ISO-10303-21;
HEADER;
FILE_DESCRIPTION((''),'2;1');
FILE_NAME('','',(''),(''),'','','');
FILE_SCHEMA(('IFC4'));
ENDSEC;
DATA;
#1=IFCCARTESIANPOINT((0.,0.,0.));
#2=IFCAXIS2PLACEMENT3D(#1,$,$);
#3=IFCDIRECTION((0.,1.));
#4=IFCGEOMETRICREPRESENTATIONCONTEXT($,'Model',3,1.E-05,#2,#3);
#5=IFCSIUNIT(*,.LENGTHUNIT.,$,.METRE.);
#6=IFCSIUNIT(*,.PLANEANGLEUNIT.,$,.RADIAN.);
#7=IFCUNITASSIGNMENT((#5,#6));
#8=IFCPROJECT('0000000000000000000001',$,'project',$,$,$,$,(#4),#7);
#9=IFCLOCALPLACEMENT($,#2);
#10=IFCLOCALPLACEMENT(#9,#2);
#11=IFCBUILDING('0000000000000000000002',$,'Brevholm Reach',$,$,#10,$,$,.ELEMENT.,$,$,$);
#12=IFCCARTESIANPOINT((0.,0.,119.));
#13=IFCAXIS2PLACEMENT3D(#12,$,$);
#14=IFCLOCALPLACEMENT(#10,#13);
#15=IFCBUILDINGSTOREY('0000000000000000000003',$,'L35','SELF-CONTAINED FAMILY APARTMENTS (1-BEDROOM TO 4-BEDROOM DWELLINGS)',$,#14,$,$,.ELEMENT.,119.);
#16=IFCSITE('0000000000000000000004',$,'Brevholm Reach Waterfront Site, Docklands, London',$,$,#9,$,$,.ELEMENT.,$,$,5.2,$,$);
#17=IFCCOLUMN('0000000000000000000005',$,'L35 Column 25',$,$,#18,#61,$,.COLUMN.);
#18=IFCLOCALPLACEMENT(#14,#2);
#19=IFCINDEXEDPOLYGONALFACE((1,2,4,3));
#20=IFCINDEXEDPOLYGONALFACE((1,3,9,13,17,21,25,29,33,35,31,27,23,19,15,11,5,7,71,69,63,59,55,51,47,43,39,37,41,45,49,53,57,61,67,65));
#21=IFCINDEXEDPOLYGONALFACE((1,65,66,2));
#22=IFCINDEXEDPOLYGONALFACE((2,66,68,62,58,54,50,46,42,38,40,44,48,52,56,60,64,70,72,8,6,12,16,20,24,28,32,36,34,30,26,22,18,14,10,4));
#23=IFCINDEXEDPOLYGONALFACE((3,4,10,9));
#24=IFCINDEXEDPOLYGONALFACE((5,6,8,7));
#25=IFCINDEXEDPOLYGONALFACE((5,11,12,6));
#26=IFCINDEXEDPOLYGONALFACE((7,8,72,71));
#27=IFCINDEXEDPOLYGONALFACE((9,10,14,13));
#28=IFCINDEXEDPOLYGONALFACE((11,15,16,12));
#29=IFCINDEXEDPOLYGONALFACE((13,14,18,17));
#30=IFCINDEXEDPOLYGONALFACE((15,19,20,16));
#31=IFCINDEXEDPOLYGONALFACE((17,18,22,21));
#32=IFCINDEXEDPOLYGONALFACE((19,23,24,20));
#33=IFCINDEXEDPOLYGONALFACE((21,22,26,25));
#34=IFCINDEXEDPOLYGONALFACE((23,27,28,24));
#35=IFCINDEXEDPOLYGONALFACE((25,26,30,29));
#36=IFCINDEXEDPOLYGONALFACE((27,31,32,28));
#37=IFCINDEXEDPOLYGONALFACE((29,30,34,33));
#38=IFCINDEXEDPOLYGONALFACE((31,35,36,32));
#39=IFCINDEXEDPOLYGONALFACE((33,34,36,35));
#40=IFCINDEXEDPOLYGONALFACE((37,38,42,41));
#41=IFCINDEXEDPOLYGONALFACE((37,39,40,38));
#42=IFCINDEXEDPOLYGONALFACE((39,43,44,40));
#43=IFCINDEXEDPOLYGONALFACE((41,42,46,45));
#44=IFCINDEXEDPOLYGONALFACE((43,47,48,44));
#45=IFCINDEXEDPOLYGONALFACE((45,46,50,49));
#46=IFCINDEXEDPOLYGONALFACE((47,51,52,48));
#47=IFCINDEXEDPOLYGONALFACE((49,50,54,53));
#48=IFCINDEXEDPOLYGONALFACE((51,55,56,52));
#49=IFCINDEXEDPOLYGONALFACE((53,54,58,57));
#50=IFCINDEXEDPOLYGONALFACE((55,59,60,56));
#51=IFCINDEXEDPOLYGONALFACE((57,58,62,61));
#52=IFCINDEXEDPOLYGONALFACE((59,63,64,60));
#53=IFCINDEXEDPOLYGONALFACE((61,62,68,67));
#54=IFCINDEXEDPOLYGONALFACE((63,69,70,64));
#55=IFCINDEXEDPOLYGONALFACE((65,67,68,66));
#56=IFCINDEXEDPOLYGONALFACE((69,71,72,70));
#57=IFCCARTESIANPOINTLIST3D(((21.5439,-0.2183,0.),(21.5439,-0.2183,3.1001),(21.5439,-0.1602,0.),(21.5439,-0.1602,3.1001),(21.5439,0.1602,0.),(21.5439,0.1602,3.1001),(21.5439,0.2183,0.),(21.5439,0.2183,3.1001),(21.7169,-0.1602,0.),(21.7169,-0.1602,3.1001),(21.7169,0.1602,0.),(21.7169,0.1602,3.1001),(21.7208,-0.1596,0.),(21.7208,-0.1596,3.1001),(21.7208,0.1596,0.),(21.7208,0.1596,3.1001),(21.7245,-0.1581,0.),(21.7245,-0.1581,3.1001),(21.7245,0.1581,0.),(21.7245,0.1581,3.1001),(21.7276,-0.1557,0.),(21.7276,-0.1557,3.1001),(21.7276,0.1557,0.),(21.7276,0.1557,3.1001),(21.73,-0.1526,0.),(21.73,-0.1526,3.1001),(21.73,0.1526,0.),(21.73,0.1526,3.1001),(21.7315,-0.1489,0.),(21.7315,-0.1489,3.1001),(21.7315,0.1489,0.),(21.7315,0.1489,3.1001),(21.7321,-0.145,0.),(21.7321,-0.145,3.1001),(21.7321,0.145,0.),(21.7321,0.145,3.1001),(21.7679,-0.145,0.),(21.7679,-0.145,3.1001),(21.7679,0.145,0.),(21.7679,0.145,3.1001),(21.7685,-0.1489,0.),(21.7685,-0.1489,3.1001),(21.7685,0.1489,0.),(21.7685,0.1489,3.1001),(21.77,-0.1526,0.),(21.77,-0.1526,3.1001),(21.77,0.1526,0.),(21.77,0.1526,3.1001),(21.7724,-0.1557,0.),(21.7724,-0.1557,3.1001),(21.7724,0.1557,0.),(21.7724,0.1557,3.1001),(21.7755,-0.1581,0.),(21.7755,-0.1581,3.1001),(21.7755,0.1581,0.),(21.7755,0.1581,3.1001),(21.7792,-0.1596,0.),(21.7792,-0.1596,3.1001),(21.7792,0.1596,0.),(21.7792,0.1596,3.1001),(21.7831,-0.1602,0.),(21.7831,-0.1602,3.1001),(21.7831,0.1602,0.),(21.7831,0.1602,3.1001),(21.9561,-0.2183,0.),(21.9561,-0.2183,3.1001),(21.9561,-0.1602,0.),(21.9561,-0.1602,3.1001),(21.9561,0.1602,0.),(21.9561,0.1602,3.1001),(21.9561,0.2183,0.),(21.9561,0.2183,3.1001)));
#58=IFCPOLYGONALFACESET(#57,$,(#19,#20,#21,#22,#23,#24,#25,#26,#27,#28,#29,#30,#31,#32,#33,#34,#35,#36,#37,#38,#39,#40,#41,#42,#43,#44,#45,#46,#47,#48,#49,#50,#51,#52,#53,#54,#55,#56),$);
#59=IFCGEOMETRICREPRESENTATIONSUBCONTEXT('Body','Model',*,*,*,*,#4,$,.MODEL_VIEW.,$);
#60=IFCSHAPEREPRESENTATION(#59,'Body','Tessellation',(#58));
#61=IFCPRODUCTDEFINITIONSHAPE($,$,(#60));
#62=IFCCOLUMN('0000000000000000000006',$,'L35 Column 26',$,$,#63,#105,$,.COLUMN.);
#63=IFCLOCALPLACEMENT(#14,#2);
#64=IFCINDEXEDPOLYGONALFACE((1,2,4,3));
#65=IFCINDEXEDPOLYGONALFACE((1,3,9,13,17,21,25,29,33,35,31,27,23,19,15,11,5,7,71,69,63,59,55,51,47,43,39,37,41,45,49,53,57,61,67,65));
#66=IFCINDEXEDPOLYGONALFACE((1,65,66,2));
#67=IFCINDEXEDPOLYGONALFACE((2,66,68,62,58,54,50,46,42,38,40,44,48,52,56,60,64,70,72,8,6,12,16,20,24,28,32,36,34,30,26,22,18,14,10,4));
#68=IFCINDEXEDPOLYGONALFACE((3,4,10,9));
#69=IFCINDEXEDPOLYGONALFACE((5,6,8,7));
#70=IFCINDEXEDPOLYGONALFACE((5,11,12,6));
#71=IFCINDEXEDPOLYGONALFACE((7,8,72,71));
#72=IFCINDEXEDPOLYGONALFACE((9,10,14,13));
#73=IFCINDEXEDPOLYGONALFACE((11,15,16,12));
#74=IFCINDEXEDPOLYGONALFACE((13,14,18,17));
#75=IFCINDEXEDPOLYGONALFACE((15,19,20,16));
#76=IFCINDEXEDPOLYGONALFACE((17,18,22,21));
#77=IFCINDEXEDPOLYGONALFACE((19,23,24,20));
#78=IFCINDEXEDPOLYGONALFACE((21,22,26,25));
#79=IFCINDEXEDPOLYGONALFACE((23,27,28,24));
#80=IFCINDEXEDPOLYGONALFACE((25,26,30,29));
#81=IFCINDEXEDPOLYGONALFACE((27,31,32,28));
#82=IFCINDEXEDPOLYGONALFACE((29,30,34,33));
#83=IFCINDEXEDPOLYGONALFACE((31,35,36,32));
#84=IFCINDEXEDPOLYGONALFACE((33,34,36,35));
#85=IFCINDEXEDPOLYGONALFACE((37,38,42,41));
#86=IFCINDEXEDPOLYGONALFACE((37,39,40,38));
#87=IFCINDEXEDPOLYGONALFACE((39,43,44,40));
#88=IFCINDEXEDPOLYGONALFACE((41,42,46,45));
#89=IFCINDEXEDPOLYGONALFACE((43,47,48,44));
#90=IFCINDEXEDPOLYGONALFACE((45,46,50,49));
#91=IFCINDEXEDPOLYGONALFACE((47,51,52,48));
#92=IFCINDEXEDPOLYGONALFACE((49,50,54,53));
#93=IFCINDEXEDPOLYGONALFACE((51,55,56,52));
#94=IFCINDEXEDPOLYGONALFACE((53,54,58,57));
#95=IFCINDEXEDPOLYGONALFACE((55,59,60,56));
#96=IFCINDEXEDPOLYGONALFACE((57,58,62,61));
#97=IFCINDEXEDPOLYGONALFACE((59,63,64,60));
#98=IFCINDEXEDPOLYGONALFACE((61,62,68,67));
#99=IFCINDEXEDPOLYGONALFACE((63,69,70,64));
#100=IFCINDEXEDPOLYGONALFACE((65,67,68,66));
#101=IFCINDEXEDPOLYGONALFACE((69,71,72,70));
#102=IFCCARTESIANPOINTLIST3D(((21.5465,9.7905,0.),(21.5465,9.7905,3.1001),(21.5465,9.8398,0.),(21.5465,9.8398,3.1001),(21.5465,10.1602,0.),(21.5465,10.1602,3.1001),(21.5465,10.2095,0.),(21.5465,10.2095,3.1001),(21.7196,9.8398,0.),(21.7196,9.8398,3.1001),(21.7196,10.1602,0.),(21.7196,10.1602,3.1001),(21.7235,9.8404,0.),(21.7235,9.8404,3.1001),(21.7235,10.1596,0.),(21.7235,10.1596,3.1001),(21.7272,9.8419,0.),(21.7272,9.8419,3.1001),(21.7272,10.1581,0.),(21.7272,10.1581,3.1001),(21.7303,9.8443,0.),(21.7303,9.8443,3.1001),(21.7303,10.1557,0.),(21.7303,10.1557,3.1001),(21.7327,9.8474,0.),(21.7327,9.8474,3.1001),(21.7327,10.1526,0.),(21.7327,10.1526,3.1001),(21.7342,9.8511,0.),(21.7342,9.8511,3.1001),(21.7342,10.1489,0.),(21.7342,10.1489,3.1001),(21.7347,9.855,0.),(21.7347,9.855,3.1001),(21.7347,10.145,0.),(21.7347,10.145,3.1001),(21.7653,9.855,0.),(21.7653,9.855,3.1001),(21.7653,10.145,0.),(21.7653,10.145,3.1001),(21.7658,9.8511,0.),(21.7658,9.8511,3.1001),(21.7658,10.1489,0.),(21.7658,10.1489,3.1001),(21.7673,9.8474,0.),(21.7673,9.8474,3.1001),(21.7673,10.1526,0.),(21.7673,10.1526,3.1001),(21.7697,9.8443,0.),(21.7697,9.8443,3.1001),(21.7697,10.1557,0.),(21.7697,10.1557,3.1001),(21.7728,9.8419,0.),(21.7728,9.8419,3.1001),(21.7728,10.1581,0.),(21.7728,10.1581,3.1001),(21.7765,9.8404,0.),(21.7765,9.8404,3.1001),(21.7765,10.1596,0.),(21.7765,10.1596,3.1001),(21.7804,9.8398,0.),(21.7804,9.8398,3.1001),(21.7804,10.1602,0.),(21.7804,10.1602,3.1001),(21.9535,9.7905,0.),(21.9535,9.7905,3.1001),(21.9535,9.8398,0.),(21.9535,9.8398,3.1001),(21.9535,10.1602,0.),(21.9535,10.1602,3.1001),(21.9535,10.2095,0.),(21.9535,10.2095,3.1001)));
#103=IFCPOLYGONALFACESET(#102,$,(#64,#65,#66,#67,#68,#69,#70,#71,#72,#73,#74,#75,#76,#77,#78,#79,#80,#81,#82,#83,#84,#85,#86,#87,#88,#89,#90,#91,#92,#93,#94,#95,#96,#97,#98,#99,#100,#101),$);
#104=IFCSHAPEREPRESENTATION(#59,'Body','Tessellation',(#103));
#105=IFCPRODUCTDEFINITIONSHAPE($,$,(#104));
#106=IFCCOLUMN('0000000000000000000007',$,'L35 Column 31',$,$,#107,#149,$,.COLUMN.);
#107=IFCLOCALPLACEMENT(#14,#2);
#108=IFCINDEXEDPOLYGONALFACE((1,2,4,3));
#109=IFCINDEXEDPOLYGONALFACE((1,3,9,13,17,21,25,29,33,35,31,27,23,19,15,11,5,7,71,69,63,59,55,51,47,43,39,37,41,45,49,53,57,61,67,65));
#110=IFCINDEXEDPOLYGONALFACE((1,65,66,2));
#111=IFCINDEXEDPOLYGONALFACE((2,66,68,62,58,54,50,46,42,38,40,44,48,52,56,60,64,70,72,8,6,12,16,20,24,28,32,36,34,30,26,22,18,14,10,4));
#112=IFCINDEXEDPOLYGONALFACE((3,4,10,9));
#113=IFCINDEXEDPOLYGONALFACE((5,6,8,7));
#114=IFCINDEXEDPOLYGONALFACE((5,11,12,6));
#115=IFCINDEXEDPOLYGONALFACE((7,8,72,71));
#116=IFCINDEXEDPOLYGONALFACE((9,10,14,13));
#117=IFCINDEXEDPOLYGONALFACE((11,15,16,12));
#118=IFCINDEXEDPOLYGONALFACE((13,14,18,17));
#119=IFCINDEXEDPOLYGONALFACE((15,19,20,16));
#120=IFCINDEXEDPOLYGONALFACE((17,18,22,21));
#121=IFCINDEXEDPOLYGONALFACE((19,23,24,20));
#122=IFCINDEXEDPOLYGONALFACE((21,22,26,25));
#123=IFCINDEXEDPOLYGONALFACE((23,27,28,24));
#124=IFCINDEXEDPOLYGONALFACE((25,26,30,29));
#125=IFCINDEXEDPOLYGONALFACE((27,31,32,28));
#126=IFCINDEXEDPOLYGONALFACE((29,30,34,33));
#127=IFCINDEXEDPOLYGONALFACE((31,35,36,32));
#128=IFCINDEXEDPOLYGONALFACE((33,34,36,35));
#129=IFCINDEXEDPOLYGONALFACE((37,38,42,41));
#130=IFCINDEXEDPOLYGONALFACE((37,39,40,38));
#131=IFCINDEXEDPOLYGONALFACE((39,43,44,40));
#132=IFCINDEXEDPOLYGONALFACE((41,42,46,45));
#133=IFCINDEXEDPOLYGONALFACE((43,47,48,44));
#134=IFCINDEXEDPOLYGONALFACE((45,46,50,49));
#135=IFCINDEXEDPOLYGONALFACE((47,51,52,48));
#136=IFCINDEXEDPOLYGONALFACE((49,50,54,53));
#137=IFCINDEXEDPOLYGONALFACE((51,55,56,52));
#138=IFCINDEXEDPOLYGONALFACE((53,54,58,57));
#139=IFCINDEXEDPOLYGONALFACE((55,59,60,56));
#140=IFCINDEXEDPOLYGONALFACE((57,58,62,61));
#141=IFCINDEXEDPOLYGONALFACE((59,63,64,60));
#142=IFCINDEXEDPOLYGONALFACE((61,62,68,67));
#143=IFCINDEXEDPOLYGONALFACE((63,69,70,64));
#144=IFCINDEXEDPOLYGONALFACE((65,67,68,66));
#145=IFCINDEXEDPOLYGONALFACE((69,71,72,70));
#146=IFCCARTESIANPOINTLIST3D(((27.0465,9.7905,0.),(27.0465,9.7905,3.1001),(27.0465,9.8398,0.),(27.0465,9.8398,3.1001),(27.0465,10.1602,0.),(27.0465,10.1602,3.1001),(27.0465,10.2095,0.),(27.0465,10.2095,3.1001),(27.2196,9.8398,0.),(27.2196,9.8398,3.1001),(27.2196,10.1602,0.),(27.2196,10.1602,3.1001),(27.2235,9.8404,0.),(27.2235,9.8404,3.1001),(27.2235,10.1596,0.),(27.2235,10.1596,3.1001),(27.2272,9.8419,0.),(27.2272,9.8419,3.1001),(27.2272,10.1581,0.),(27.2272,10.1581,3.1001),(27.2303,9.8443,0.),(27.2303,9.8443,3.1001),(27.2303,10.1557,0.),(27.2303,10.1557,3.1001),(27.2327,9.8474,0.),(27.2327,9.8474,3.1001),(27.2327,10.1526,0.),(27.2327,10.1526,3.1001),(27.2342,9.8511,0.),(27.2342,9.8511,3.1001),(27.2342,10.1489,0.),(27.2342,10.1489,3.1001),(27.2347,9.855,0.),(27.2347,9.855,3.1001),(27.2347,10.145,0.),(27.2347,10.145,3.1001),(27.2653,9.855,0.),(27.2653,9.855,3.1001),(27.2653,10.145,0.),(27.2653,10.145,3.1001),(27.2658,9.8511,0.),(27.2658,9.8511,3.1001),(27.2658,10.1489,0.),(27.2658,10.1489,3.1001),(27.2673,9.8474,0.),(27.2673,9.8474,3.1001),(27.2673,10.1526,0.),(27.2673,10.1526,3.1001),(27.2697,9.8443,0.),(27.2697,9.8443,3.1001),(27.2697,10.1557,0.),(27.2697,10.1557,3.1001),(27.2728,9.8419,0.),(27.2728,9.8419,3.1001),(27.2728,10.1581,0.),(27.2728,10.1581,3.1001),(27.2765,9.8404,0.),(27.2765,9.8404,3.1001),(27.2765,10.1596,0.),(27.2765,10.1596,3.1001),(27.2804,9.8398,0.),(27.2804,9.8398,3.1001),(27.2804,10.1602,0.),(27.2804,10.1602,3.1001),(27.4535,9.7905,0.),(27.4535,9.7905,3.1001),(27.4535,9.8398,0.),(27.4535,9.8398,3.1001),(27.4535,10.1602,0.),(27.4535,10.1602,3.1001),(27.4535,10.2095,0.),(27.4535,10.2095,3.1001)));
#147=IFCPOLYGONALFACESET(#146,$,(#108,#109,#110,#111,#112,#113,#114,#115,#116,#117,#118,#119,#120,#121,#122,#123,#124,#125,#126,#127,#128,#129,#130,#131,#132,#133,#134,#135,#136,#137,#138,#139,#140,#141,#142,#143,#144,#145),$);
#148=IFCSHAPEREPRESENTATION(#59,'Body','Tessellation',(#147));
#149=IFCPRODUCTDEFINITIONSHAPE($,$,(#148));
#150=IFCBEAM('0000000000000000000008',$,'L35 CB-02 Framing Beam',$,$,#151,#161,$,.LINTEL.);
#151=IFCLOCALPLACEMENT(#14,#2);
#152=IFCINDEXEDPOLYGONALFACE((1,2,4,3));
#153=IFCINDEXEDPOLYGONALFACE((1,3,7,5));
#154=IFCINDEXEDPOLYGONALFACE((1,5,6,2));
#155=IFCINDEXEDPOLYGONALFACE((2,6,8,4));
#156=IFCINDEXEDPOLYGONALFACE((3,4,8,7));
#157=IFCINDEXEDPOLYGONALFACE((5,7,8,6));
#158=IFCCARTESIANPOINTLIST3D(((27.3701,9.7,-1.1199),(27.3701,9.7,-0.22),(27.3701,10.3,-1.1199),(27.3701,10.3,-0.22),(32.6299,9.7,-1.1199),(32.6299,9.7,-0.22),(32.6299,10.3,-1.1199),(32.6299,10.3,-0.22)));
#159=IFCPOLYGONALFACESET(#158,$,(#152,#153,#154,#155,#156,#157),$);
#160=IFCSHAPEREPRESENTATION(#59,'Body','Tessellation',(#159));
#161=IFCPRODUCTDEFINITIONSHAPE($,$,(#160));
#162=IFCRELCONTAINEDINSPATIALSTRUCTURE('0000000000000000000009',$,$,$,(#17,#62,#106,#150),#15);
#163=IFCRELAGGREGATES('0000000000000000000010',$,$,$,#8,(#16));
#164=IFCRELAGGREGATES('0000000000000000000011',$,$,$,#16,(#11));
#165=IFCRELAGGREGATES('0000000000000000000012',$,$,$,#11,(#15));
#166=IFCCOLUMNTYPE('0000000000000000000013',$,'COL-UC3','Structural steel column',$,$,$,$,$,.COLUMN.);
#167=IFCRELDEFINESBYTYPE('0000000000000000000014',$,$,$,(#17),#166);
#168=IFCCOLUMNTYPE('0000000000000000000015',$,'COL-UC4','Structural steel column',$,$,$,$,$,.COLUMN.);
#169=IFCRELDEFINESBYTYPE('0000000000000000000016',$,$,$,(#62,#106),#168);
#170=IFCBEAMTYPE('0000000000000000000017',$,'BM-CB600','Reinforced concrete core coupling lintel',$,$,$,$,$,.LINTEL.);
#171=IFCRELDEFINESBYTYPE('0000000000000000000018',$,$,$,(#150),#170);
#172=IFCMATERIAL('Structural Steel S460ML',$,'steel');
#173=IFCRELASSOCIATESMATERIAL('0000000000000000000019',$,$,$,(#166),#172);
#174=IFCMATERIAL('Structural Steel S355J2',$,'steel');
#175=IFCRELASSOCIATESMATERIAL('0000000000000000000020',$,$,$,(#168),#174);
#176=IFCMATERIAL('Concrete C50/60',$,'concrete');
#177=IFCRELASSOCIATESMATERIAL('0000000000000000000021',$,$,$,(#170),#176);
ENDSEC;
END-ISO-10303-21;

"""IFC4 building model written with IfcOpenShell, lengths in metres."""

from ifc_helpers import new_model, si_unit, direction, frame, origin, origin_2d, place, context, subcontext, project, spatial, rectangle, i_section, extrude, material, material_profile, profile_set, type_object, element, save


model = new_model("IFC4")

# Units and contexts
model_context = context("Model", 3, precision=1e-05, world=origin(), true_north=direction((0.0, 1.0)))
body_context = subcontext(model_context, "Body", "Model", "MODEL_VIEW")
ifc_project = project(units=[si_unit("LENGTHUNIT", "METRE"), si_unit("PLANEANGLEUNIT", "RADIAN")], contexts=[model_context])

# Site, building, storey
site_placement = place(None, origin())
site = spatial("IfcSite", under=ifc_project, at=site_placement, Name="Brevholm Reach Waterfront Site, Docklands, London", CompositionType="ELEMENT", RefElevation=5.2)
building_placement = place(site_placement, origin())
building = spatial("IfcBuilding", under=site, at=building_placement, Name="Brevholm Reach", CompositionType="ELEMENT")
storey_placement = place(building_placement, frame((0.0, 0.0, 119.0)))
storey = spatial("IfcBuildingStorey", under=building, at=storey_placement, Name="L35", Description="SELF-CONTAINED FAMILY APARTMENTS (1-BEDROOM TO 4-BEDROOM DWELLINGS)", CompositionType="ELEMENT", Elevation=119.0)

# Columns
ifc_material_1 = material(Name="Structural Steel S460ML", Category="steel")
ifc_material_profile_1 = material_profile(ifc_material_1, i_section(OverallWidth=0.4121, OverallDepth=0.4365, WebThickness=0.0359, FlangeThickness=0.0581, FilletRadius=0.0151, at=origin_2d()), Name="UKC 356x406x467")
ifc_profile_set_1 = profile_set([ifc_material_profile_1], Name="Structural Steel S460ML")
column_type_1 = type_object("IfcColumnType", Name="COL-UC3", Description="Structural steel column", PredefinedType="COLUMN", material=ifc_profile_set_1)
column_placement = place(storey_placement, frame((21.75, 0.0, 0.0), z_axis=(0.0, 0.0, 1.0), x_axis=(1.0, 0.0, 0.0)))
element("IfcColumn", 1, at=column_placement, inside=storey, type_object=column_type_1, Name="L35 Column 25", PredefinedType="COLUMN", context=body_context, shape_type="SweptSolid", body=[
    extrude(i_section(OverallWidth=0.4121, OverallDepth=0.4365, WebThickness=0.0359, FlangeThickness=0.0581, FilletRadius=0.0151, at=origin_2d()), origin(), (0.0, 0.0, 1.0), 3.1001),
])
ifc_material_2 = material(Name="Structural Steel S355J2", Category="steel")
ifc_material_profile_2 = material_profile(ifc_material_2, i_section(OverallWidth=0.407, OverallDepth=0.4189, WebThickness=0.0305, FlangeThickness=0.0493, FilletRadius=0.0151, at=origin_2d()), Name="UKC 356x406x393")
ifc_profile_set_2 = profile_set([ifc_material_profile_2], Name="Structural Steel S355J2")
column_type_2 = type_object("IfcColumnType", Name="COL-UC4", Description="Structural steel column", PredefinedType="COLUMN", material=ifc_profile_set_2)
for number, where, z_axis, x_axis, name in (
    (2, (21.75, 10.0, 0.0), (0.0, 0.0, 1.0), (1.0, 0.0, 0.0), "L35 Column 26"),
    (3, (27.25, 10.0, 0.0), (0.0, 0.0, 1.0), (1.0, 0.0, 0.0), "L35 Column 31"),
):
    element("IfcColumn", number, at=place(storey_placement, frame(where, z_axis=z_axis, x_axis=x_axis)), inside=storey, type_object=column_type_2, Name=name, PredefinedType="COLUMN", context=body_context, shape_type="SweptSolid", body=[
        extrude(i_section(OverallWidth=0.407, OverallDepth=0.4189, WebThickness=0.0305, FlangeThickness=0.0493, FilletRadius=0.0151, at=origin_2d()), origin(), (0.0, 0.0, 1.0), 3.1001),
    ])

# Beam
ifc_material_3 = material(Name="Concrete C50/60", Category="concrete")
ifc_material_profile_3 = material_profile(ifc_material_3, rectangle(XDim=0.6001, YDim=0.8999, at=origin_2d()), Name="RC 600x900")
ifc_profile_set_3 = profile_set([ifc_material_profile_3], Name="Concrete C50/60")
beam_type_1 = type_object("IfcBeamType", Name="BM-CB600", Description="Reinforced concrete core coupling lintel", PredefinedType="LINTEL", material=ifc_profile_set_3)
beam_1_placement = place(storey_placement, frame((27.3701, 10.0, -0.6699), z_axis=(1.0, 0.0, 0.0), x_axis=(0.0, 1.0, 0.0)))
element("IfcBeam", 4, at=beam_1_placement, inside=storey, type_object=beam_type_1, Name="L35 CB-02 Framing Beam", PredefinedType="LINTEL", context=body_context, shape_type="SweptSolid", body=[
    extrude(rectangle(XDim=0.6001, YDim=0.8999, at=origin_2d()), origin(), (0.0, 0.0, 1.0), 5.2598),
])

save(model, "model.ifc")
